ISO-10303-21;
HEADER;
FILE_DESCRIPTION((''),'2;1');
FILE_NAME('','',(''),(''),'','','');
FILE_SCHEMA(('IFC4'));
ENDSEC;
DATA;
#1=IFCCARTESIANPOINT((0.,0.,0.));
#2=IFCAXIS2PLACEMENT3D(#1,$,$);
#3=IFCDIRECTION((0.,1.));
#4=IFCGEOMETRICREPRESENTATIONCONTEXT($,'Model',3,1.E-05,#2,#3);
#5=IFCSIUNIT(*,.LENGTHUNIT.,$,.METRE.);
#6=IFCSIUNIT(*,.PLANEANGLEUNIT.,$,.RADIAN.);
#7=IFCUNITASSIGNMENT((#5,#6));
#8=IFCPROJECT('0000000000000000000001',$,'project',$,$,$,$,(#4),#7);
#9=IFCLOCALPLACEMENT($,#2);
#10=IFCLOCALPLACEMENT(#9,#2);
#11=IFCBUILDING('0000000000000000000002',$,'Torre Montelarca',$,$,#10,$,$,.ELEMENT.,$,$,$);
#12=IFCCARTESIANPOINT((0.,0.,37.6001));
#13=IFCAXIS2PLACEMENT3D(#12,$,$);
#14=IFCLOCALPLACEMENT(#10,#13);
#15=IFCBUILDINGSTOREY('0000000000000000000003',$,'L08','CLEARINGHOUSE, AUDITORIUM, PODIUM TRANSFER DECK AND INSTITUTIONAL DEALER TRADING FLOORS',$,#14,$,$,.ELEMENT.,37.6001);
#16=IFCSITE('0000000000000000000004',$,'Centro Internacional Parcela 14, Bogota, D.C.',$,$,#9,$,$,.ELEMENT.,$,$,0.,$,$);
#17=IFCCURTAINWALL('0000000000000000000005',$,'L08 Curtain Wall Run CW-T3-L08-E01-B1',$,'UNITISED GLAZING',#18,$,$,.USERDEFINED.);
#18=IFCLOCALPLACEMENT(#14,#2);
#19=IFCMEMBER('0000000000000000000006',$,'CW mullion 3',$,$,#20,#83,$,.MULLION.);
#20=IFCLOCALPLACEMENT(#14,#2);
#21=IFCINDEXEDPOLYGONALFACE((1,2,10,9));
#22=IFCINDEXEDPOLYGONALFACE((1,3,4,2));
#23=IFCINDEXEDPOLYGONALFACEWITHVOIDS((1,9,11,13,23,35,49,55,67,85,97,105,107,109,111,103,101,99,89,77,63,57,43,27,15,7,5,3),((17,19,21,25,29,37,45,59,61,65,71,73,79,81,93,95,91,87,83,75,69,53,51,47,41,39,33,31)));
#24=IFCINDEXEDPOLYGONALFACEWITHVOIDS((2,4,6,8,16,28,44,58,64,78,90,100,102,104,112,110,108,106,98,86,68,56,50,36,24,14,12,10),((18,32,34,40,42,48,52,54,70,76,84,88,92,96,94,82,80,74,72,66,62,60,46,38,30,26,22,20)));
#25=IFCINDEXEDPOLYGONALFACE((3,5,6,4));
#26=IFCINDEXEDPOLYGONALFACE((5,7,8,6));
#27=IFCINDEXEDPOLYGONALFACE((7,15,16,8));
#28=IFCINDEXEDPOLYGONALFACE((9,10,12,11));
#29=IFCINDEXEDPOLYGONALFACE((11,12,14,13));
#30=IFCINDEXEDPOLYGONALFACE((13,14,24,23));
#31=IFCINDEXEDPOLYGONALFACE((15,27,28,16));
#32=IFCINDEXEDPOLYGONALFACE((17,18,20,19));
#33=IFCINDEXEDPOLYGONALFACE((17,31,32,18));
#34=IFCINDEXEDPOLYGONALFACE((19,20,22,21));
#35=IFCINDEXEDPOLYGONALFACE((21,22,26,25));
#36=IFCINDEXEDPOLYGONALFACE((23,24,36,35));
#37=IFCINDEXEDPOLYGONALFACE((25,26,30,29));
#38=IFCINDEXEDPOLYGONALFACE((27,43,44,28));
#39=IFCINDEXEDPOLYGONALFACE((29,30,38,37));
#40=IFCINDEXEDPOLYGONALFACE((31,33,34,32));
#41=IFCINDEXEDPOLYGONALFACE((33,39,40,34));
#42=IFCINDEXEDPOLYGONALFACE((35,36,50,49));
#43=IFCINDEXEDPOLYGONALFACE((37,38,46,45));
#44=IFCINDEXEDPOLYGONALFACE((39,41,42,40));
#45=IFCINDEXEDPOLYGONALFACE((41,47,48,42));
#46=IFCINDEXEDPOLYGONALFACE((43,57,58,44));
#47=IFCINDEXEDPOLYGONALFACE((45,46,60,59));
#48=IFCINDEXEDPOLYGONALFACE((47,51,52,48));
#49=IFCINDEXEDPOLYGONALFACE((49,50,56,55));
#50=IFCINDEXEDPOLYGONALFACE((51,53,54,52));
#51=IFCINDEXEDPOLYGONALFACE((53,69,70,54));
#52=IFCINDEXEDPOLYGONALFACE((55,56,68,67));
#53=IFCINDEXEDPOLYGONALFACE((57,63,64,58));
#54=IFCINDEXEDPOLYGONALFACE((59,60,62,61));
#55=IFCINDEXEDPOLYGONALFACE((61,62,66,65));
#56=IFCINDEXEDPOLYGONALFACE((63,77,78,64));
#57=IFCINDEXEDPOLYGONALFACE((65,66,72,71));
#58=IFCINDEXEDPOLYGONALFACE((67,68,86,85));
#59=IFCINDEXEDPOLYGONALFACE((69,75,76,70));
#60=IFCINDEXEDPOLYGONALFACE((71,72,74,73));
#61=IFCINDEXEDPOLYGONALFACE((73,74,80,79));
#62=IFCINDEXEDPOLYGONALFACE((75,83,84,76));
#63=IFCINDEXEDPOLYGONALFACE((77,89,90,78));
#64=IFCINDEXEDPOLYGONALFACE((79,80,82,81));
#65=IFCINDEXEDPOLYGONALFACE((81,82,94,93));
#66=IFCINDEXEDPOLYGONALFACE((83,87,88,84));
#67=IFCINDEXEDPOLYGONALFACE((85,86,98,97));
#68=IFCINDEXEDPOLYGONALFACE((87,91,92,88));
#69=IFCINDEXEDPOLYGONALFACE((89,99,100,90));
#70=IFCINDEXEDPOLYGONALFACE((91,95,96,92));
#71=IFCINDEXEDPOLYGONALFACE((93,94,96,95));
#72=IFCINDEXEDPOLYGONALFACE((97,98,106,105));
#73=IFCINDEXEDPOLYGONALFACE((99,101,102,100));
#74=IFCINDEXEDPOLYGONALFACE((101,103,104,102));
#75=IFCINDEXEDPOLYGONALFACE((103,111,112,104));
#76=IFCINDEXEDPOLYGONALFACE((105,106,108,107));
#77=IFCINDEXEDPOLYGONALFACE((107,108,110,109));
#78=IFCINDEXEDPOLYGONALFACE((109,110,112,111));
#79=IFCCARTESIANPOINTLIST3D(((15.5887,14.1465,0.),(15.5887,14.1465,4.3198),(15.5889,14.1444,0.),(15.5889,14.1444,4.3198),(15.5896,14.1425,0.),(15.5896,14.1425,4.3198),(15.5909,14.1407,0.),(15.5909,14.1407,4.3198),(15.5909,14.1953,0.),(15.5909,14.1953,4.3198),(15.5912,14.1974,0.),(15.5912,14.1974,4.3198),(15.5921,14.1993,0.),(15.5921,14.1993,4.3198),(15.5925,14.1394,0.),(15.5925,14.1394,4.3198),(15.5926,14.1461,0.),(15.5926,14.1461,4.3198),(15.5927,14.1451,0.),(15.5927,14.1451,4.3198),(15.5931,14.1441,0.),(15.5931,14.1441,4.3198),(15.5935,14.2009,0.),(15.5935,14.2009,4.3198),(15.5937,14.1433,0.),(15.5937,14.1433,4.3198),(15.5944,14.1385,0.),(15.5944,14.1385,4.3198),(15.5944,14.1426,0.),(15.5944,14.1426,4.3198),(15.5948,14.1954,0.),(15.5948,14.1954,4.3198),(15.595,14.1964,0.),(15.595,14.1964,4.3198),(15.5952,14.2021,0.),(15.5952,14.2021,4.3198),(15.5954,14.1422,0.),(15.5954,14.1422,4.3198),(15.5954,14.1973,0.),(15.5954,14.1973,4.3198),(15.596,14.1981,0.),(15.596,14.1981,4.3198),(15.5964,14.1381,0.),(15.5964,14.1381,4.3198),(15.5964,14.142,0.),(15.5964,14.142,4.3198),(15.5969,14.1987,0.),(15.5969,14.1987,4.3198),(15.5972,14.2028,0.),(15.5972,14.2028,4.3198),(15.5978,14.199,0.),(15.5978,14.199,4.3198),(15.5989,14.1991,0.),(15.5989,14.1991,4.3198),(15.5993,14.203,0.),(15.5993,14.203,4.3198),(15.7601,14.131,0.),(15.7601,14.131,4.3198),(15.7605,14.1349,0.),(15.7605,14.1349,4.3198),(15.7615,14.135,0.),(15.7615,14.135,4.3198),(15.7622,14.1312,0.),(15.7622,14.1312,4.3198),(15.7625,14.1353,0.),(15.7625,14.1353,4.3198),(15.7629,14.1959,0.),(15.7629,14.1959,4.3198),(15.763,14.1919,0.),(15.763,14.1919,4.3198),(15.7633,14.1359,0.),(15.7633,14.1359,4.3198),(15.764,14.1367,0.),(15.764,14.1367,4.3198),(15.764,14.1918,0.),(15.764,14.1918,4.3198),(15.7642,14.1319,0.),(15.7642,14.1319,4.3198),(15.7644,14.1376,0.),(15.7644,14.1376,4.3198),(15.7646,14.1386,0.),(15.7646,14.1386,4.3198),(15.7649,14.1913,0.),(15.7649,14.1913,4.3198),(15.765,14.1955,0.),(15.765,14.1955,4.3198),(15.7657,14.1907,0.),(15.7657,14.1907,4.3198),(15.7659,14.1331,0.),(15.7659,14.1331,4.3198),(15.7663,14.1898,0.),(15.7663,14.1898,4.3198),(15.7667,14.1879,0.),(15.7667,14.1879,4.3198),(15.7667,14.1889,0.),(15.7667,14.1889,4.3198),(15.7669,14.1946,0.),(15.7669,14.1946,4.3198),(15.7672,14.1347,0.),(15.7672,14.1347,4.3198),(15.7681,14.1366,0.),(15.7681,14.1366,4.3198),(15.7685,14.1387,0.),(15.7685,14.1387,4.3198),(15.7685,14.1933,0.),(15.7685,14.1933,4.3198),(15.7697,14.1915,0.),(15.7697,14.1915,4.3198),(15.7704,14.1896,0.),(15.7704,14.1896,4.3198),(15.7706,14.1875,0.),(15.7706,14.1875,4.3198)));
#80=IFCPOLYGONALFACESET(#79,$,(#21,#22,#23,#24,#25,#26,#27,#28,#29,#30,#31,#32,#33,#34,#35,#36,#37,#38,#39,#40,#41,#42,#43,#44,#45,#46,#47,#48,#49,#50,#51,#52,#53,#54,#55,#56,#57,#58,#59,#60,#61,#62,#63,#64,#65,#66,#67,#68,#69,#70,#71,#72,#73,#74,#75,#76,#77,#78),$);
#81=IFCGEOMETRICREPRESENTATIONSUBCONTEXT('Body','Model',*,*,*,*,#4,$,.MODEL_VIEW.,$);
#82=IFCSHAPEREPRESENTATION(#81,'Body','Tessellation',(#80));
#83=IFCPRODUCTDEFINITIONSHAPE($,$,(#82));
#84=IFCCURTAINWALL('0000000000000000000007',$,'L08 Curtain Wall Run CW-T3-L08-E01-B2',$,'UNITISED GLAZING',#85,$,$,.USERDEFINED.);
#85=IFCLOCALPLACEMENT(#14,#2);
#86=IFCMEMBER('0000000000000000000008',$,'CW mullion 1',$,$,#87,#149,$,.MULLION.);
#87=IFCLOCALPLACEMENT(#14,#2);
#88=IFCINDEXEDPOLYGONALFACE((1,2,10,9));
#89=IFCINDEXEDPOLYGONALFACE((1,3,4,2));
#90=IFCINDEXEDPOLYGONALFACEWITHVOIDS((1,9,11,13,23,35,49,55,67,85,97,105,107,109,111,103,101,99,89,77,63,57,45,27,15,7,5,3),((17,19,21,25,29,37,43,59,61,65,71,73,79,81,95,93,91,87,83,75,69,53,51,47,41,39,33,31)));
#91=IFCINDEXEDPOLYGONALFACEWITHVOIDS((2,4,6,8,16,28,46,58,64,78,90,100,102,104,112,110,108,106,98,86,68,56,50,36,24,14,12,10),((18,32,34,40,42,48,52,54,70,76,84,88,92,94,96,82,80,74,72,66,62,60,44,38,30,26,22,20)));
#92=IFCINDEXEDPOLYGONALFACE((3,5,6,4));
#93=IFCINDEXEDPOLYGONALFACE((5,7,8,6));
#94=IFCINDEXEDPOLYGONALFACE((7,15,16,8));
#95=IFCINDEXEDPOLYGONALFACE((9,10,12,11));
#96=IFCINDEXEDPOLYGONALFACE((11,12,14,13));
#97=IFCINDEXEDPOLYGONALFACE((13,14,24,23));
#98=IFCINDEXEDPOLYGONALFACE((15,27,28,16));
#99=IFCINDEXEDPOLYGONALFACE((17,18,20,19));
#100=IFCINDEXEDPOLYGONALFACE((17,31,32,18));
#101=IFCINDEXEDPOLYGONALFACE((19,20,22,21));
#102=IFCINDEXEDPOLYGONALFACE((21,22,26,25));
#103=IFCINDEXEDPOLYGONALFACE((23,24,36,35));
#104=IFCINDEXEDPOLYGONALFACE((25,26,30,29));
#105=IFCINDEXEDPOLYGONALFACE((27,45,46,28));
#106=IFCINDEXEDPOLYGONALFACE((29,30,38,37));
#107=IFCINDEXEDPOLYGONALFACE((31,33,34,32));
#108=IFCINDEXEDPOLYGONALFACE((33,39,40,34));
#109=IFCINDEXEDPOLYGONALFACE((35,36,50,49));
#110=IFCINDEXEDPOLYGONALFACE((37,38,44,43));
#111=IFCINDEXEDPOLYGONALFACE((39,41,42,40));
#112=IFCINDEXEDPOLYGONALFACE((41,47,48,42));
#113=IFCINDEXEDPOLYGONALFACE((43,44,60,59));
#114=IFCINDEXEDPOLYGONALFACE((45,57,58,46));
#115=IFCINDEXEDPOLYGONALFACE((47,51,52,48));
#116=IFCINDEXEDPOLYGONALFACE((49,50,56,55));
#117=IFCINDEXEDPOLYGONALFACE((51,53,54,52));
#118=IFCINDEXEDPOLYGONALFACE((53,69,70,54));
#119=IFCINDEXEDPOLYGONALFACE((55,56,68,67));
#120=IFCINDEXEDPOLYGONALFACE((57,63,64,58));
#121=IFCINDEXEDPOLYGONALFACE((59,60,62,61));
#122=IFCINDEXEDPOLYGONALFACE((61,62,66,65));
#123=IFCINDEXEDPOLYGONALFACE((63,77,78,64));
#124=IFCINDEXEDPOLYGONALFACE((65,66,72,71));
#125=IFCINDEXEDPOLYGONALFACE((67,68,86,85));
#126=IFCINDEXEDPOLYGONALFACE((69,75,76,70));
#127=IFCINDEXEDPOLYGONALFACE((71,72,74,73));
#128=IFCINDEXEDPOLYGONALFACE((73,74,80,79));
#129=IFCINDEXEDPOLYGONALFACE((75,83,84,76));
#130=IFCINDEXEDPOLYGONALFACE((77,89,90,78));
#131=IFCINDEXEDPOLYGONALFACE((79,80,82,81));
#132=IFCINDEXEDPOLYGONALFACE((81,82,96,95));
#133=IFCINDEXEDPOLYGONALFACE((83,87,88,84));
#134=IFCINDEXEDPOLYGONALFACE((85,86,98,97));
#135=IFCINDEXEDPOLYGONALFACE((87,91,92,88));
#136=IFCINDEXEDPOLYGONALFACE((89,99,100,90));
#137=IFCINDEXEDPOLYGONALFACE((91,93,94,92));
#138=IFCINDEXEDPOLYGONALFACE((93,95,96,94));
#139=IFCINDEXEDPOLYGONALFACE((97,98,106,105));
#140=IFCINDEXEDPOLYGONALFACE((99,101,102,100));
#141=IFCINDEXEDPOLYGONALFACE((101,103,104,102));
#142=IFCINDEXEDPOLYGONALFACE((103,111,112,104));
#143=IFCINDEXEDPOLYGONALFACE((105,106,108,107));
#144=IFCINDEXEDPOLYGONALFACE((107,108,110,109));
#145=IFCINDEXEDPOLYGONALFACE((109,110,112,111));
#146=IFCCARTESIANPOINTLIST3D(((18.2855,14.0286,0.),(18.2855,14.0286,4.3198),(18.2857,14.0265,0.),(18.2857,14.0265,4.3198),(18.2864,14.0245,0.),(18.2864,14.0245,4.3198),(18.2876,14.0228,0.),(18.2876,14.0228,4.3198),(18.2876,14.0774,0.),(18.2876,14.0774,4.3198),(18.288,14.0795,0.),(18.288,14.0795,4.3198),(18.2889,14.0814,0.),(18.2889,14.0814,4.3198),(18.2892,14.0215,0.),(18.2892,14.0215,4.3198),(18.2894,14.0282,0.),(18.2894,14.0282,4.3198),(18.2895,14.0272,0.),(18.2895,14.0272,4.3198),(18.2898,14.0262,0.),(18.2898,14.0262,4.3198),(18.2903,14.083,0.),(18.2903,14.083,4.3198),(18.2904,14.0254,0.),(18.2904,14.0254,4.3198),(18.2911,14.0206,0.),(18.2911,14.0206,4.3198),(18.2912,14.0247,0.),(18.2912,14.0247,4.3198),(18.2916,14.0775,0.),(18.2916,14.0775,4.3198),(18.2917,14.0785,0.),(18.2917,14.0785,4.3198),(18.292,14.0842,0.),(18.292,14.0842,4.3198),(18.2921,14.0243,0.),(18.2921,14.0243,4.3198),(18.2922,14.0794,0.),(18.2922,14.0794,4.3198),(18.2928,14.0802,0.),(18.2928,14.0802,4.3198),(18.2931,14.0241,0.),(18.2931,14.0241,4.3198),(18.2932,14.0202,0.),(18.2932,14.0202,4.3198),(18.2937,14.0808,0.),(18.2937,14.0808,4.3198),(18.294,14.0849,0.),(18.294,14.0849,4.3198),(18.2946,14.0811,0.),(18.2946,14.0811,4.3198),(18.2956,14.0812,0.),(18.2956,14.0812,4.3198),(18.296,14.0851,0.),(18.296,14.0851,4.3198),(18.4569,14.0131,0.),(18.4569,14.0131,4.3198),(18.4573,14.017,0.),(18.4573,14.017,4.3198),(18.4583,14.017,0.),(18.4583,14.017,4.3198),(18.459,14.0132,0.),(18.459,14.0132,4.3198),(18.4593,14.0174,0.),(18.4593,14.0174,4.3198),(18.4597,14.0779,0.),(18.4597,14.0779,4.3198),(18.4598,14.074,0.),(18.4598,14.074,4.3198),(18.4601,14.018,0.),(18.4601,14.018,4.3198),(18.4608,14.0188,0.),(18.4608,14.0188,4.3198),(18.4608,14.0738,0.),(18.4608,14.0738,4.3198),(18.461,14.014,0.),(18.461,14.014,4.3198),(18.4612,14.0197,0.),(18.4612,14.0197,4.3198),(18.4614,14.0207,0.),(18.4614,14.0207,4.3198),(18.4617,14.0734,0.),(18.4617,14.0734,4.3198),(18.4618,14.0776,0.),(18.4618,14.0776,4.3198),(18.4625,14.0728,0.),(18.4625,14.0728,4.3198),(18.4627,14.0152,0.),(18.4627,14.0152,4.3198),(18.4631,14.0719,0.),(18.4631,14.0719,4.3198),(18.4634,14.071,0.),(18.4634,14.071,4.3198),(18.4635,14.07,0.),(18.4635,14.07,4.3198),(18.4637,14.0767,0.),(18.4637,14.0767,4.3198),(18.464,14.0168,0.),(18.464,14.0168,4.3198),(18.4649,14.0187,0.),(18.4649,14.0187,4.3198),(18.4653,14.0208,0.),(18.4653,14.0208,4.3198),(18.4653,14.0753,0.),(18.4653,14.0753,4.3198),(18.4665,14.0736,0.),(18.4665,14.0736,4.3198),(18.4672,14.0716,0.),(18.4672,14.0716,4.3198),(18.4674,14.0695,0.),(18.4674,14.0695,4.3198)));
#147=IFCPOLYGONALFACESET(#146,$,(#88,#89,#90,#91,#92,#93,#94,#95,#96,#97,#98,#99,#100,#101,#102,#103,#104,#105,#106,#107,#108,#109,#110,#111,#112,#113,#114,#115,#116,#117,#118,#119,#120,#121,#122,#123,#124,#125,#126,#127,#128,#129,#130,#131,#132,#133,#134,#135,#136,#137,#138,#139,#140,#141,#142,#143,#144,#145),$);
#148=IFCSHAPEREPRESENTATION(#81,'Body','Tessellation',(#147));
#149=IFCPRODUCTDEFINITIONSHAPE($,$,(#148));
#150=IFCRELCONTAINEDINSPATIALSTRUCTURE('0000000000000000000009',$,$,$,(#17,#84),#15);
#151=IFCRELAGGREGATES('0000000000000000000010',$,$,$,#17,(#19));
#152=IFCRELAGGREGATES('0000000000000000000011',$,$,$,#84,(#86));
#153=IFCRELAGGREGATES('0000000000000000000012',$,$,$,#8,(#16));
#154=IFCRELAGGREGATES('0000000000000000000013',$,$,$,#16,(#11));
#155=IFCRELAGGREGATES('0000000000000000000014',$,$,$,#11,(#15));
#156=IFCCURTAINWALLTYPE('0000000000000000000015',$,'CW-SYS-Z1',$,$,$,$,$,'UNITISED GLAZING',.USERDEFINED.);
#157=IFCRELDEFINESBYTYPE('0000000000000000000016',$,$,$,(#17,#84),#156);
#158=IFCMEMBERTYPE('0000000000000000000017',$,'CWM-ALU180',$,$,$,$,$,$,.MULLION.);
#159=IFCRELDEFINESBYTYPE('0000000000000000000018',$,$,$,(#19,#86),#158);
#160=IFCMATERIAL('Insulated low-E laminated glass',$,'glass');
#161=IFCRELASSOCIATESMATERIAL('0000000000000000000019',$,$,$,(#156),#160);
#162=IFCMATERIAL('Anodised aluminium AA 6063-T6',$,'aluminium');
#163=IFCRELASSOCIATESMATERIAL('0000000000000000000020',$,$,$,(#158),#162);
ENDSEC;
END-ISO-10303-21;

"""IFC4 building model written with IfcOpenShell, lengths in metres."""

from ifc_helpers import new_model, si_unit, direction, frame, origin, origin_2d, place, context, subcontext, project, spatial, hollow_rectangle, extrude, source, transform, mapped, material, material_profile, profile_set, type_object, element, aggregate, save


model = new_model("IFC4")

# Units and contexts
model_context = context("Model", 3, precision=1e-05, world=origin(), true_north=direction((0.0, 1.0)))
body_context = subcontext(model_context, "Body", "Model", "MODEL_VIEW")
ifc_project = project(units=[si_unit("LENGTHUNIT", "METRE"), si_unit("PLANEANGLEUNIT", "RADIAN")], contexts=[model_context])

# Site, building, storey
site_placement = place(None, origin())
site = spatial("IfcSite", under=ifc_project, at=site_placement, Name="Centro Internacional Parcela 14, Bogota, D.C.", CompositionType="ELEMENT", RefElevation=0.0)
building_placement = place(site_placement, origin())
building = spatial("IfcBuilding", under=site, at=building_placement, Name="Torre Montelarca", CompositionType="ELEMENT")
storey_placement = place(building_placement, frame((0.0, 0.0, 37.6001)))
storey = spatial("IfcBuildingStorey", under=building, at=storey_placement, Name="L08", Description="CLEARINGHOUSE, AUDITORIUM, PODIUM TRANSFER DECK AND INSTITUTIONAL DEALER TRADING FLOORS", CompositionType="ELEMENT", Elevation=37.6001)

# Curtain wall, member
ifc_material_1 = material(Name="Insulated low-E laminated glass", Category="glass")
curtain_wall_type = type_object("IfcCurtainWallType", Name="CW-SYS-Z1", ElementType="UNITISED GLAZING", PredefinedType="USERDEFINED", material=ifc_material_1)
curtain_wall_1_placement = place(storey_placement, origin())
curtain_wall_1 = element("IfcCurtainWall", 1, at=curtain_wall_1_placement, inside=storey, type_object=curtain_wall_type, Name="L08 Curtain Wall Run CW-T3-L08-E01-B1", ObjectType="UNITISED GLAZING", PredefinedType="USERDEFINED")
ifc_material_2 = material(Name="Anodised aluminium AA 6063-T6", Category="aluminium")
ifc_material_profile_1 = material_profile(ifc_material_2, hollow_rectangle(XDim=0.0649, YDim=0.1799, WallThickness=0.0039, InnerFilletRadius=0.0039, OuterFilletRadius=0.0081, at=origin_2d()), Name="ALU65X180X4", Category="aluminium")
ifc_profile_set_1 = profile_set([ifc_material_profile_1], Name="Anodised aluminium AA 6063-T6")
member_type_1 = type_object("IfcMemberType", Name="CWM-ALU180", PredefinedType="MULLION", material=ifc_profile_set_1)
shared_shape_1 = source(origin(), body_context, "Body", "SweptSolid", [
    extrude(hollow_rectangle(XDim=0.0649, YDim=0.1799, WallThickness=0.0039, InnerFilletRadius=0.0039, OuterFilletRadius=0.0081, at=origin_2d()), origin(), (0.0, 0.0, 1.0), 4.3198),
])
member_1_placement = place(storey_placement, frame((15.6797, 14.167, 0.0), z_axis=(0.0, 0.0, 1.0), x_axis=(0.043625, 0.999048, 0.0)))
member_1 = element("IfcMember", 2, at=member_1_placement, type_object=member_type_1, Name="CW mullion 3", PredefinedType="MULLION", context=body_context, shape_type="MappedRepresentation", body=[
    mapped(shared_shape_1, transform((0.0, 0.0, 0.0), scale=1.0)),
])

# Curtain wall, member
curtain_wall_2_placement = place(storey_placement, origin())
curtain_wall_2 = element("IfcCurtainWall", 3, at=curtain_wall_2_placement, inside=storey, type_object=curtain_wall_type, Name="L08 Curtain Wall Run CW-T3-L08-E01-B2", ObjectType="UNITISED GLAZING", PredefinedType="USERDEFINED")
member_2_placement = place(storey_placement, frame((18.3765, 14.0491, 0.0), z_axis=(0.0, 0.0, 1.0), x_axis=(0.043619, 0.999048, 0.0)))
member_2 = element("IfcMember", 4, at=member_2_placement, type_object=member_type_1, Name="CW mullion 1", PredefinedType="MULLION", context=body_context, shape_type="MappedRepresentation", body=[
    mapped(shared_shape_1, transform((0.0, 0.0, 0.0), scale=1.0)),
])

aggregate(curtain_wall_1, [member_1])
aggregate(curtain_wall_2, [member_2])

save(model, "model.ifc")
